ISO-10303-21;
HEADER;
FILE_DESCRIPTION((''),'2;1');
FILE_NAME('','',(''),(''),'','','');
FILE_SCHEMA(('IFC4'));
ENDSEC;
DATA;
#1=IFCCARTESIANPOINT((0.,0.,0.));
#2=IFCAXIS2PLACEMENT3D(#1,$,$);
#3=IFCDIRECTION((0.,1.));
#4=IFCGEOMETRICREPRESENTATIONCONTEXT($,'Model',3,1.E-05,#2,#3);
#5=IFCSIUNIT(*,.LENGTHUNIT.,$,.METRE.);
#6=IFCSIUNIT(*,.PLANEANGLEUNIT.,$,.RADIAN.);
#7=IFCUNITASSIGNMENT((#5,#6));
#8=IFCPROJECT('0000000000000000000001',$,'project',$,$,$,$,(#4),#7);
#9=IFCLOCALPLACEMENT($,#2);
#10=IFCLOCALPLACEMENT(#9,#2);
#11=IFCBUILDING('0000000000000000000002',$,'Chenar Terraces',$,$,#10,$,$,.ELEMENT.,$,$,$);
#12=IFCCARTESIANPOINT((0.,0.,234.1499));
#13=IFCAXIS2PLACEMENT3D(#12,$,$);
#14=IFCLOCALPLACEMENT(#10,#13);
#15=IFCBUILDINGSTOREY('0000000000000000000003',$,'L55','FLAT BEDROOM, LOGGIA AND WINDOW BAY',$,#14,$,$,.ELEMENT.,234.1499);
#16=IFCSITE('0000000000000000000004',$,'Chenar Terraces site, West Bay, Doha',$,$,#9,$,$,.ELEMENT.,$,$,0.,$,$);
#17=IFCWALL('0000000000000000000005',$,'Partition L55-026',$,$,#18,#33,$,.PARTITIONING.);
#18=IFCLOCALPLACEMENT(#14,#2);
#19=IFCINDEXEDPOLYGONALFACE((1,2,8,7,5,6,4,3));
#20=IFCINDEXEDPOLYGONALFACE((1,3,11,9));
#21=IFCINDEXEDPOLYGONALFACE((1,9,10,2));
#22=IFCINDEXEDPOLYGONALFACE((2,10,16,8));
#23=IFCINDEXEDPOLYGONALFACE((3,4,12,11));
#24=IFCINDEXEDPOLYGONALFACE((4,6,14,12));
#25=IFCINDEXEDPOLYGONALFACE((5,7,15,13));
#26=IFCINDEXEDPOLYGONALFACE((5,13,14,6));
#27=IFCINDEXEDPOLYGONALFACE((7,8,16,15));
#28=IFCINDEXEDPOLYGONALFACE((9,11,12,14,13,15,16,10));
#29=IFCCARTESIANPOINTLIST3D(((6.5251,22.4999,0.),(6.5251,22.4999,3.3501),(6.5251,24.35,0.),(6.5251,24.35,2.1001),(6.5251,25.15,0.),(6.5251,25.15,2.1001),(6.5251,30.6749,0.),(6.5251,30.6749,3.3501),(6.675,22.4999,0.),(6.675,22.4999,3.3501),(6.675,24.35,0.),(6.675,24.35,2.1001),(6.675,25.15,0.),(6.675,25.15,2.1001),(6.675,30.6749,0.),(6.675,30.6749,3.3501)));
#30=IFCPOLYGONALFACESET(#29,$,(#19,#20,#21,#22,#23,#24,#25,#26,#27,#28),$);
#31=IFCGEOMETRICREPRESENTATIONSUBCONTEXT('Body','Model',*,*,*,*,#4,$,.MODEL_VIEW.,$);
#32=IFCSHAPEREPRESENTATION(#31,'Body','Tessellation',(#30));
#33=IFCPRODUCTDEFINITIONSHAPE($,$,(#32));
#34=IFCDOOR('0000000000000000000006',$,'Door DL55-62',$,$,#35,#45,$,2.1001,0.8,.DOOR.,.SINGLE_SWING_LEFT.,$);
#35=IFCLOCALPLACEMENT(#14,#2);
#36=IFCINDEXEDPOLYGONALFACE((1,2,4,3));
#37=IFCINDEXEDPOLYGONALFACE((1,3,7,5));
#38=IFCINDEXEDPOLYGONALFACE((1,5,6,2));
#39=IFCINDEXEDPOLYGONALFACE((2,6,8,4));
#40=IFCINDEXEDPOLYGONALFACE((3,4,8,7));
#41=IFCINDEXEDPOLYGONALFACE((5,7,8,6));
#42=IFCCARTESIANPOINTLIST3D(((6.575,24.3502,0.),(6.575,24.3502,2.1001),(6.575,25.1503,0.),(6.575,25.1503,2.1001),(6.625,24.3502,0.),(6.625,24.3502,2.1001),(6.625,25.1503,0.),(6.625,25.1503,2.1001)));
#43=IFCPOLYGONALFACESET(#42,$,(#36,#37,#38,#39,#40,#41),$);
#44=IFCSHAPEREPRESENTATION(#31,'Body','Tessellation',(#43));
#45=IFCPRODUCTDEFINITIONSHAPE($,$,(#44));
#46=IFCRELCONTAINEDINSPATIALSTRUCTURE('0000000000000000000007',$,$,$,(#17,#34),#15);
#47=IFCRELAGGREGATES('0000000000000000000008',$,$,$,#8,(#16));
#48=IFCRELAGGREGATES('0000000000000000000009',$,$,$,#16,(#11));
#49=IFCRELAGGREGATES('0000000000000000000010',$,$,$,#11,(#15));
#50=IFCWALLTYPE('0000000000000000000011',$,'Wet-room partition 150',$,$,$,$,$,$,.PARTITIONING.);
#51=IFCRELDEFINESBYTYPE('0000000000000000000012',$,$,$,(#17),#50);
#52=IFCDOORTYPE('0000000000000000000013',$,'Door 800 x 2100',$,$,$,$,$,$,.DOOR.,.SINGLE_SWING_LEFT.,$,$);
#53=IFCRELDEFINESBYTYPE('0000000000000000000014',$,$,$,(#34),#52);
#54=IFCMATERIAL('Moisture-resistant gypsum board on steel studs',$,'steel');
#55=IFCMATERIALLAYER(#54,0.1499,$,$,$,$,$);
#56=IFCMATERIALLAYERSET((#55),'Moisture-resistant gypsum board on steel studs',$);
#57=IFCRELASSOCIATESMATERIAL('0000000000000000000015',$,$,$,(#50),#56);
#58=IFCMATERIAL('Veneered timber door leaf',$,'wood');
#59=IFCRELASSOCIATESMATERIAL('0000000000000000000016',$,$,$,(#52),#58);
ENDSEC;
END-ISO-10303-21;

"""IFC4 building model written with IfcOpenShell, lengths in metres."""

from ifc_helpers import new_model, si_unit, direction, frame, frame_2d, origin, place, context, subcontext, project, spatial, rectangle, extrude, material, layer, layer_set, type_object, element, fill, save


model = new_model("IFC4")

# Units and contexts
model_context = context("Model", 3, precision=1e-05, world=origin(), true_north=direction((0.0, 1.0)))
body_context = subcontext(model_context, "Body", "Model", "MODEL_VIEW")
ifc_project = project(units=[si_unit("LENGTHUNIT", "METRE"), si_unit("PLANEANGLEUNIT", "RADIAN")], contexts=[model_context])

# Site, building, storey
site_placement = place(None, origin())
site = spatial("IfcSite", under=ifc_project, at=site_placement, Name="Chenar Terraces site, West Bay, Doha", CompositionType="ELEMENT", RefElevation=0.0)
building_placement = place(site_placement, origin())
building = spatial("IfcBuilding", under=site, at=building_placement, Name="Chenar Terraces", CompositionType="ELEMENT")
storey_placement = place(building_placement, frame((0.0, 0.0, 234.1499)))
storey = spatial("IfcBuildingStorey", under=building, at=storey_placement, Name="L55", Description="FLAT BEDROOM, LOGGIA AND WINDOW BAY", CompositionType="ELEMENT", Elevation=234.1499)

# Wall, opening, door
ifc_material_1 = material(Name="Moisture-resistant gypsum board on steel studs", Category="steel")
ifc_layer_1 = layer(ifc_material_1, 0.1499)
ifc_layer_set_1 = layer_set([ifc_layer_1], Name="Moisture-resistant gypsum board on steel studs")
wall_type_1 = type_object("IfcWallType", Name="Wet-room partition 150", PredefinedType="PARTITIONING", material=ifc_layer_set_1)
wall_1_placement = place(storey_placement, frame((6.6001, 22.5, 0.0), z_axis=(0.0, 0.0, 1.0), x_axis=(0.0, 1.0, 0.0)))
wall_1 = element("IfcWall", 1, at=wall_1_placement, inside=storey, type_object=wall_type_1, Name="Partition L55-026", PredefinedType="PARTITIONING", context=body_context, shape_type="SweptSolid", body=[
    extrude(rectangle(XDim=8.175, YDim=0.1499, at=frame_2d((4.0874, 0.0))), origin(), (0.0, 0.0, 1.0), 3.3501),
])
opening_1_placement = place(wall_1_placement, frame((1.8501, 0.0, 0.0)))
opening_1 = element("IfcOpeningElement", 2, at=opening_1_placement, cuts=wall_1, PredefinedType="OPENING", context=body_context, shape_type="SweptSolid", body=[
    extrude(rectangle(XDim=0.8, YDim=2.1001, at=frame_2d((0.3999, 1.05))), frame((0.0, 0.085, 0.0), z_axis=(0.0, -1.0, 0.0), x_axis=(1.0, 0.0, 0.0)), (0.0, 0.0, 1.0), 0.1699),
])
ifc_material_2 = material(Name="Veneered timber door leaf", Category="wood")
door_type_1 = type_object("IfcDoorType", Name="Door 800 x 2100", OperationType="SINGLE_SWING_LEFT", PredefinedType="DOOR", material=ifc_material_2)
door_1_placement = place(opening_1_placement, frame((0.8, 0.0, 0.0), z_axis=(0.0, 0.0, 1.0), x_axis=(-1.0, 0.0, 0.0)))
door_1 = element("IfcDoor", 3, at=door_1_placement, inside=storey, type_object=door_type_1, Name="Door DL55-62", OperationType="SINGLE_SWING_LEFT", OverallHeight=2.1001, OverallWidth=0.8, PredefinedType="DOOR", context=body_context, shape_type="SweptSolid", body=[
    extrude(rectangle(XDim=0.8, YDim=2.1001, at=frame_2d((0.3999, 1.05))), frame((0.0, 0.0249, 0.0), z_axis=(0.0, -1.0, 0.0), x_axis=(1.0, 0.0, 0.0)), (0.0, 0.0, 1.0), 0.05),
])
fill(opening_1, door_1)

save(model, "model.ifc")
